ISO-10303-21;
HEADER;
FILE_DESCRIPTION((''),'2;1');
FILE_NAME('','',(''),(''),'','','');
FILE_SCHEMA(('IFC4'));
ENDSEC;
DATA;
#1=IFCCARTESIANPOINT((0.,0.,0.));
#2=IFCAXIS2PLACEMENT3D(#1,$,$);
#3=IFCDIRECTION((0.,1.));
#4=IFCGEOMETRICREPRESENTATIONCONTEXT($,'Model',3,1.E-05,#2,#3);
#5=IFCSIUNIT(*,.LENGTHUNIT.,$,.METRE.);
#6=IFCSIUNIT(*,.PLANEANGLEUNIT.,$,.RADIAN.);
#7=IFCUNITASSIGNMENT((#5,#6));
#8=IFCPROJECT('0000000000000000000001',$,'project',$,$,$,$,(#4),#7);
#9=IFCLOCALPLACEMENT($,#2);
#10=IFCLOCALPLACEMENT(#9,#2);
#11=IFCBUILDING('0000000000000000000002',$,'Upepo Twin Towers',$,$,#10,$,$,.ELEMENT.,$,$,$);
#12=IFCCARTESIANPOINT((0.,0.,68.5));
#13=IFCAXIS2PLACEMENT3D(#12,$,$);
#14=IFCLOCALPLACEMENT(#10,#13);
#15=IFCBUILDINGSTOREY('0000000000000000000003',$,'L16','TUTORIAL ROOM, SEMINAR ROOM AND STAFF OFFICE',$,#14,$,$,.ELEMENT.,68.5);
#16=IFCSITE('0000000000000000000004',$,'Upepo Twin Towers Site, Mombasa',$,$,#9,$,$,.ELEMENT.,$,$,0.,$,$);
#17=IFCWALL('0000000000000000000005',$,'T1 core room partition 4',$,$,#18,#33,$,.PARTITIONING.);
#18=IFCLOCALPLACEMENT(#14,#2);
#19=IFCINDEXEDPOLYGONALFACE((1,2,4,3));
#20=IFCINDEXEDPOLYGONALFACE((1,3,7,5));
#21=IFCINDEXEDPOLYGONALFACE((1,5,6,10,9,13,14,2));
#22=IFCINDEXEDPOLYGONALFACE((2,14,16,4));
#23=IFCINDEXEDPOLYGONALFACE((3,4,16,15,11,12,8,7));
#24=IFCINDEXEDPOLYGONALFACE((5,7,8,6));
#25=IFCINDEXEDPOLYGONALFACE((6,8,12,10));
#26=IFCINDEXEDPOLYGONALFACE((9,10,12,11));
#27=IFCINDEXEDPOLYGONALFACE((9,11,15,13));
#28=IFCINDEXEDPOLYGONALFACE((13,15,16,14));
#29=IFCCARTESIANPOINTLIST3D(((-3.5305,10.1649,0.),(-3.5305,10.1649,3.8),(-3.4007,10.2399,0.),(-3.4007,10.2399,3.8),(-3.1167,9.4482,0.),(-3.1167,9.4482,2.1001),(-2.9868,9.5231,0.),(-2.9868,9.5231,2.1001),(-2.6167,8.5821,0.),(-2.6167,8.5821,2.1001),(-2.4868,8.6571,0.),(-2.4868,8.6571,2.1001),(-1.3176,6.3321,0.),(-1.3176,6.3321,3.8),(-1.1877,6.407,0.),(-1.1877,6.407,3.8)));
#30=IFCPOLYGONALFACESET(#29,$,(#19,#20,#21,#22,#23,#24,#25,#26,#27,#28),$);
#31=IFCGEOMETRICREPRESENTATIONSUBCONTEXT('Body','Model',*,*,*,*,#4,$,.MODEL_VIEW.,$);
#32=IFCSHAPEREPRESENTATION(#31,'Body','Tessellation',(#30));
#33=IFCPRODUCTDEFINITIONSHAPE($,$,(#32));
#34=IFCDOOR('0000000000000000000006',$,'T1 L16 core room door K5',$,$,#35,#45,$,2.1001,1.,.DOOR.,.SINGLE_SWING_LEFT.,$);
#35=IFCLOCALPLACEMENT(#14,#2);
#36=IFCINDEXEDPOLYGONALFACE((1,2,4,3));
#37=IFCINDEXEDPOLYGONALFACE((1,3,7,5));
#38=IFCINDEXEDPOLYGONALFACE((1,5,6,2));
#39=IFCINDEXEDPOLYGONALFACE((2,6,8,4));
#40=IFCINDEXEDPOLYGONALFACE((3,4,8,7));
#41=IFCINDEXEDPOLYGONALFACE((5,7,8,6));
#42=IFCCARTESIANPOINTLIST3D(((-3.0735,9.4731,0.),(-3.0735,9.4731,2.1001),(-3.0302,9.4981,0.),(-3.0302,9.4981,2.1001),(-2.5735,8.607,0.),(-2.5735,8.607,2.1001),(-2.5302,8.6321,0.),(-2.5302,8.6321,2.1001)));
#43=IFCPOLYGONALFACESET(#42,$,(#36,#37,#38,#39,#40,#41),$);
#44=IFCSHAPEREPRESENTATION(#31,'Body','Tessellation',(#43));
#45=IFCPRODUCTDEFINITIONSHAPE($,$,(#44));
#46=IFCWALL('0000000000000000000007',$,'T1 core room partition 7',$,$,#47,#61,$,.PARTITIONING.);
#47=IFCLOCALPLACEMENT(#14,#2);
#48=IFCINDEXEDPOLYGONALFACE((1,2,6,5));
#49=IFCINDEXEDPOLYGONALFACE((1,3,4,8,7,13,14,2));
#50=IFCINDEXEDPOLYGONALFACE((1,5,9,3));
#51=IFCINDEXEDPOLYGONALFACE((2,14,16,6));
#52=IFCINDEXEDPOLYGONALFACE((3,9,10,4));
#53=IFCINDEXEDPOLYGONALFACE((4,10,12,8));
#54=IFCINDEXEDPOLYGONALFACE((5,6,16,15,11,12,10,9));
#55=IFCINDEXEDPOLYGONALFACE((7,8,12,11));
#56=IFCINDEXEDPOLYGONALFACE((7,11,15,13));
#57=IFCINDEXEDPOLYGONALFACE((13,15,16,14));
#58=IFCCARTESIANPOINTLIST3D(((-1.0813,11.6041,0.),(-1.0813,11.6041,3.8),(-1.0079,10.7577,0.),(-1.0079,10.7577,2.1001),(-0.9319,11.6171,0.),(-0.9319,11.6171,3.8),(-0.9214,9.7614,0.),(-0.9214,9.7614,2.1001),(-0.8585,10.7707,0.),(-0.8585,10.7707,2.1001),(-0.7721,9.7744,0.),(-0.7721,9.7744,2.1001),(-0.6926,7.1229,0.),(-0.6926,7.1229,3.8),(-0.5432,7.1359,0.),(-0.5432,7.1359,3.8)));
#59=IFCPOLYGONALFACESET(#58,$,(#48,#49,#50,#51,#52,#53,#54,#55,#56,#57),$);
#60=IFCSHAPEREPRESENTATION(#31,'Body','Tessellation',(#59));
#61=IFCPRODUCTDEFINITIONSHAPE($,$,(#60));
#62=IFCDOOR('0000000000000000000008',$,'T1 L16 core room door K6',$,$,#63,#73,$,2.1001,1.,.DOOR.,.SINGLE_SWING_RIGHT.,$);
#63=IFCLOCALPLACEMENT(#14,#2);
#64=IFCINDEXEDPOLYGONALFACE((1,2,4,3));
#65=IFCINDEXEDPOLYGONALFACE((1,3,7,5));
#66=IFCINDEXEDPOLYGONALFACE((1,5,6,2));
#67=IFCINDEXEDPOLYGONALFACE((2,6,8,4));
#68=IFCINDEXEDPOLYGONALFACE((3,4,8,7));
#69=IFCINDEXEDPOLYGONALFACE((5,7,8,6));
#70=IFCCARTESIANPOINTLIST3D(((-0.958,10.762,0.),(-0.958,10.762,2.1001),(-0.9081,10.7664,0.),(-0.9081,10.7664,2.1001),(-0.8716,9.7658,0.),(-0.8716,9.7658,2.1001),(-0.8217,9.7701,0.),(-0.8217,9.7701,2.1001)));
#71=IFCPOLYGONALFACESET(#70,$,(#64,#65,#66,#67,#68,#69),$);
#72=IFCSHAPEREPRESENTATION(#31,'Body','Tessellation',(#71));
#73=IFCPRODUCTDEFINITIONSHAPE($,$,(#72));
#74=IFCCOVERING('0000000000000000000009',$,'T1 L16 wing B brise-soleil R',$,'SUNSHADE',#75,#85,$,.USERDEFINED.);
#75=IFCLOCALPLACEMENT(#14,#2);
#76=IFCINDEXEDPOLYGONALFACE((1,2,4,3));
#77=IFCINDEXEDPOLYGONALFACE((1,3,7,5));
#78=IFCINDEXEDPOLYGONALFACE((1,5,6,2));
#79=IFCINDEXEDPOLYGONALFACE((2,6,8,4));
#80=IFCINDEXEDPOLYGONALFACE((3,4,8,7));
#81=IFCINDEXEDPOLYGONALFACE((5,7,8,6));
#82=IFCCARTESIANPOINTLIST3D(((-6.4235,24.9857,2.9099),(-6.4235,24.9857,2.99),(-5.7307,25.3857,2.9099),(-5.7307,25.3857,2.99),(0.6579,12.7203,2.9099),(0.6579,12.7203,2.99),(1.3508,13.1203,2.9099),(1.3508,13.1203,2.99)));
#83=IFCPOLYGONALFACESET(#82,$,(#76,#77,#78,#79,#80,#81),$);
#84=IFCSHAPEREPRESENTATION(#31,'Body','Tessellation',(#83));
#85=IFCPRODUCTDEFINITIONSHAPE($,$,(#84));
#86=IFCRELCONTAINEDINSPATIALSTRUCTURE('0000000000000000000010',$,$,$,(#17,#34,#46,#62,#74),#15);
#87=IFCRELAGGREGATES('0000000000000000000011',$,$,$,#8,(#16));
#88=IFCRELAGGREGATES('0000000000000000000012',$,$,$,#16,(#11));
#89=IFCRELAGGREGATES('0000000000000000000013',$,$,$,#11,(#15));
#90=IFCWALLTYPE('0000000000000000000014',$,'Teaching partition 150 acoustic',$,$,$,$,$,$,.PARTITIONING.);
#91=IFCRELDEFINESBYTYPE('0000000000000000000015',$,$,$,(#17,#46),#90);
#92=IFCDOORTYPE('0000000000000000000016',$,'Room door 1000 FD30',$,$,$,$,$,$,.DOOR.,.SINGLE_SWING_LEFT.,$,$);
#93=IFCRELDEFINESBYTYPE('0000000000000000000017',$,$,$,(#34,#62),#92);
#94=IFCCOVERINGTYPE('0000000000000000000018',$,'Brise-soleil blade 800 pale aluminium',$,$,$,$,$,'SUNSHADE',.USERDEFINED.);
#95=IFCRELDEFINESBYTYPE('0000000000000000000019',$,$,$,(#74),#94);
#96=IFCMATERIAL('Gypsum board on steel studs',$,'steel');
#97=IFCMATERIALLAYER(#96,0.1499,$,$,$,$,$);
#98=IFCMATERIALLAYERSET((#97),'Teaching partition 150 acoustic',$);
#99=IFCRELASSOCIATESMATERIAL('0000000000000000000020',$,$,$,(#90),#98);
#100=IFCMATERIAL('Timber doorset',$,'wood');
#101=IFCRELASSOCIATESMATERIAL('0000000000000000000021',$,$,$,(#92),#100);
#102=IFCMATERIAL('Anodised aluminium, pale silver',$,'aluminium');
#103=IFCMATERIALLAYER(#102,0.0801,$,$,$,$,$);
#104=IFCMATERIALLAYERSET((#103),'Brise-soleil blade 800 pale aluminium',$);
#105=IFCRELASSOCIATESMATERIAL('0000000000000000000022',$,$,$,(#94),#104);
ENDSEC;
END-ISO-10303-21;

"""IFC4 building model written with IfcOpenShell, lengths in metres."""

from ifc_helpers import new_model, si_unit, direction, frame, frame_2d, origin, origin_2d, place, context, subcontext, project, spatial, rectangle, extrude, material, layer, layer_set, type_object, element, fill, save


model = new_model("IFC4")

# Units and contexts
model_context = context("Model", 3, precision=1e-05, world=origin(), true_north=direction((0.0, 1.0)))
body_context = subcontext(model_context, "Body", "Model", "MODEL_VIEW")
ifc_project = project(units=[si_unit("LENGTHUNIT", "METRE"), si_unit("PLANEANGLEUNIT", "RADIAN")], contexts=[model_context])

# Site, building, storey
site_placement = place(None, origin())
site = spatial("IfcSite", under=ifc_project, at=site_placement, Name="Upepo Twin Towers Site, Mombasa", CompositionType="ELEMENT", RefElevation=0.0)
building_placement = place(site_placement, origin())
building = spatial("IfcBuilding", under=site, at=building_placement, Name="Upepo Twin Towers", CompositionType="ELEMENT")
storey_placement = place(building_placement, frame((0.0, 0.0, 68.5)))
storey = spatial("IfcBuildingStorey", under=building, at=storey_placement, Name="L16", Description="TUTORIAL ROOM, SEMINAR ROOM AND STAFF OFFICE", CompositionType="ELEMENT", Elevation=68.5)

# Walls, openings, doors
ifc_material_1 = material(Name="Gypsum board on steel studs", Category="steel")
ifc_layer_1 = layer(ifc_material_1, 0.1499)
ifc_layer_set_1 = layer_set([ifc_layer_1], Name="Teaching partition 150 acoustic")
wall_type_1 = type_object("IfcWallType", Name="Teaching partition 150 acoustic", PredefinedType="PARTITIONING", material=ifc_layer_set_1)
wall_1_placement = place(storey_placement, frame((-3.4656, 10.2024, 0.0), z_axis=(0.0, 0.0, 1.0), x_axis=(0.500007, -0.866021, 0.0)))
wall_1 = element("IfcWall", 1, at=wall_1_placement, inside=storey, type_object=wall_type_1, Name="T1 core room partition 4", PredefinedType="PARTITIONING", context=body_context, shape_type="SweptSolid", body=[
    extrude(rectangle(XDim=4.4258, YDim=0.1499, at=frame_2d((2.2129, 0.0))), origin(), (0.0, 0.0, 1.0), 3.8),
])
opening_1_placement = place(wall_1_placement, frame((0.8276, 0.0, 0.0)))
opening_1 = element("IfcOpeningElement", 2, at=opening_1_placement, cuts=wall_1, PredefinedType="OPENING", context=body_context, shape_type="SweptSolid", body=[
    extrude(rectangle(XDim=1.0, YDim=2.1001, at=frame_2d((0.5, 1.05))), frame((0.0, 0.085, 0.0), z_axis=(0.0, -1.0, 0.0), x_axis=(1.0, 0.0, 0.0)), (0.0, 0.0, 1.0), 0.1699),
])
ifc_material_2 = material(Name="Timber doorset", Category="wood")
door_type = type_object("IfcDoorType", Name="Room door 1000 FD30", OperationType="SINGLE_SWING_LEFT", PredefinedType="DOOR", material=ifc_material_2)
door_1_placement = place(opening_1_placement, origin())
door_1 = element("IfcDoor", 3, at=door_1_placement, inside=storey, type_object=door_type, Name="T1 L16 core room door K5", OperationType="SINGLE_SWING_LEFT", OverallHeight=2.1001, OverallWidth=1.0, PredefinedType="DOOR", context=body_context, shape_type="SweptSolid", body=[
    extrude(rectangle(XDim=1.0, YDim=2.1001, at=frame_2d((0.5, 1.05))), frame((0.0, 0.0249, 0.0), z_axis=(0.0, -1.0, 0.0), x_axis=(1.0, 0.0, 0.0)), (0.0, 0.0, 1.0), 0.05),
])
fill(opening_1, door_1)
wall_2_placement = place(storey_placement, frame((-0.6179, 7.1294, 0.0), z_axis=(0.0, 0.0, 1.0), x_axis=(-0.086409, 0.99626, 0.0)))
wall_2 = element("IfcWall", 4, at=wall_2_placement, inside=storey, type_object=wall_type_1, Name="T1 core room partition 7", PredefinedType="PARTITIONING", context=body_context, shape_type="SweptSolid", body=[
    extrude(rectangle(XDim=4.498, YDim=0.1499, at=frame_2d((2.249, 0.0))), origin(), (0.0, 0.0, 1.0), 3.8),
])
opening_2_placement = place(wall_2_placement, frame((2.6484, 0.0, 0.0)))
opening_2 = element("IfcOpeningElement", 5, at=opening_2_placement, cuts=wall_2, PredefinedType="OPENING", context=body_context, shape_type="SweptSolid", body=[
    extrude(rectangle(XDim=1.0, YDim=2.1001, at=frame_2d((0.5, 1.05))), frame((0.0, 0.085, 0.0), z_axis=(0.0, -1.0, 0.0), x_axis=(1.0, 0.0, 0.0)), (0.0, 0.0, 1.0), 0.1699),
])
door_2_placement = place(opening_2_placement, origin())
door_2 = element("IfcDoor", 6, at=door_2_placement, inside=storey, type_object=door_type, Name="T1 L16 core room door K6", OperationType="SINGLE_SWING_RIGHT", OverallHeight=2.1001, OverallWidth=1.0, PredefinedType="DOOR", context=body_context, shape_type="SweptSolid", body=[
    extrude(rectangle(XDim=1.0, YDim=2.1001, at=frame_2d((0.5, 1.05))), frame((0.0, 0.0249, 0.0), z_axis=(0.0, -1.0, 0.0), x_axis=(1.0, 0.0, 0.0)), (0.0, 0.0, 1.0), 0.05),
])
fill(opening_2, door_2)

# Covering
ifc_material_3 = material(Name="Anodised aluminium, pale silver", Category="aluminium")
ifc_layer_2 = layer(ifc_material_3, 0.0801)
ifc_layer_set_2 = layer_set([ifc_layer_2], Name="Brise-soleil blade 800 pale aluminium")
covering_type = type_object("IfcCoveringType", Name="Brise-soleil blade 800 pale aluminium", ElementType="SUNSHADE", PredefinedType="USERDEFINED", material=ifc_layer_set_2)
covering_placement = place(storey_placement, frame((-2.5364, 19.053, 2.9099), z_axis=(0.0, 0.0, 1.0), x_axis=(-0.5, 0.866025, 0.0)))
element("IfcCovering", 7, at=covering_placement, inside=storey, type_object=covering_type, Name="T1 L16 wing B brise-soleil R", ObjectType="SUNSHADE", PredefinedType="USERDEFINED", context=body_context, shape_type="SweptSolid", body=[
    extrude(rectangle(XDim=14.1628, YDim=0.8, at=origin_2d()), origin(), (0.0, 0.0, 1.0), 0.0801),
])

save(model, "model.ifc")
